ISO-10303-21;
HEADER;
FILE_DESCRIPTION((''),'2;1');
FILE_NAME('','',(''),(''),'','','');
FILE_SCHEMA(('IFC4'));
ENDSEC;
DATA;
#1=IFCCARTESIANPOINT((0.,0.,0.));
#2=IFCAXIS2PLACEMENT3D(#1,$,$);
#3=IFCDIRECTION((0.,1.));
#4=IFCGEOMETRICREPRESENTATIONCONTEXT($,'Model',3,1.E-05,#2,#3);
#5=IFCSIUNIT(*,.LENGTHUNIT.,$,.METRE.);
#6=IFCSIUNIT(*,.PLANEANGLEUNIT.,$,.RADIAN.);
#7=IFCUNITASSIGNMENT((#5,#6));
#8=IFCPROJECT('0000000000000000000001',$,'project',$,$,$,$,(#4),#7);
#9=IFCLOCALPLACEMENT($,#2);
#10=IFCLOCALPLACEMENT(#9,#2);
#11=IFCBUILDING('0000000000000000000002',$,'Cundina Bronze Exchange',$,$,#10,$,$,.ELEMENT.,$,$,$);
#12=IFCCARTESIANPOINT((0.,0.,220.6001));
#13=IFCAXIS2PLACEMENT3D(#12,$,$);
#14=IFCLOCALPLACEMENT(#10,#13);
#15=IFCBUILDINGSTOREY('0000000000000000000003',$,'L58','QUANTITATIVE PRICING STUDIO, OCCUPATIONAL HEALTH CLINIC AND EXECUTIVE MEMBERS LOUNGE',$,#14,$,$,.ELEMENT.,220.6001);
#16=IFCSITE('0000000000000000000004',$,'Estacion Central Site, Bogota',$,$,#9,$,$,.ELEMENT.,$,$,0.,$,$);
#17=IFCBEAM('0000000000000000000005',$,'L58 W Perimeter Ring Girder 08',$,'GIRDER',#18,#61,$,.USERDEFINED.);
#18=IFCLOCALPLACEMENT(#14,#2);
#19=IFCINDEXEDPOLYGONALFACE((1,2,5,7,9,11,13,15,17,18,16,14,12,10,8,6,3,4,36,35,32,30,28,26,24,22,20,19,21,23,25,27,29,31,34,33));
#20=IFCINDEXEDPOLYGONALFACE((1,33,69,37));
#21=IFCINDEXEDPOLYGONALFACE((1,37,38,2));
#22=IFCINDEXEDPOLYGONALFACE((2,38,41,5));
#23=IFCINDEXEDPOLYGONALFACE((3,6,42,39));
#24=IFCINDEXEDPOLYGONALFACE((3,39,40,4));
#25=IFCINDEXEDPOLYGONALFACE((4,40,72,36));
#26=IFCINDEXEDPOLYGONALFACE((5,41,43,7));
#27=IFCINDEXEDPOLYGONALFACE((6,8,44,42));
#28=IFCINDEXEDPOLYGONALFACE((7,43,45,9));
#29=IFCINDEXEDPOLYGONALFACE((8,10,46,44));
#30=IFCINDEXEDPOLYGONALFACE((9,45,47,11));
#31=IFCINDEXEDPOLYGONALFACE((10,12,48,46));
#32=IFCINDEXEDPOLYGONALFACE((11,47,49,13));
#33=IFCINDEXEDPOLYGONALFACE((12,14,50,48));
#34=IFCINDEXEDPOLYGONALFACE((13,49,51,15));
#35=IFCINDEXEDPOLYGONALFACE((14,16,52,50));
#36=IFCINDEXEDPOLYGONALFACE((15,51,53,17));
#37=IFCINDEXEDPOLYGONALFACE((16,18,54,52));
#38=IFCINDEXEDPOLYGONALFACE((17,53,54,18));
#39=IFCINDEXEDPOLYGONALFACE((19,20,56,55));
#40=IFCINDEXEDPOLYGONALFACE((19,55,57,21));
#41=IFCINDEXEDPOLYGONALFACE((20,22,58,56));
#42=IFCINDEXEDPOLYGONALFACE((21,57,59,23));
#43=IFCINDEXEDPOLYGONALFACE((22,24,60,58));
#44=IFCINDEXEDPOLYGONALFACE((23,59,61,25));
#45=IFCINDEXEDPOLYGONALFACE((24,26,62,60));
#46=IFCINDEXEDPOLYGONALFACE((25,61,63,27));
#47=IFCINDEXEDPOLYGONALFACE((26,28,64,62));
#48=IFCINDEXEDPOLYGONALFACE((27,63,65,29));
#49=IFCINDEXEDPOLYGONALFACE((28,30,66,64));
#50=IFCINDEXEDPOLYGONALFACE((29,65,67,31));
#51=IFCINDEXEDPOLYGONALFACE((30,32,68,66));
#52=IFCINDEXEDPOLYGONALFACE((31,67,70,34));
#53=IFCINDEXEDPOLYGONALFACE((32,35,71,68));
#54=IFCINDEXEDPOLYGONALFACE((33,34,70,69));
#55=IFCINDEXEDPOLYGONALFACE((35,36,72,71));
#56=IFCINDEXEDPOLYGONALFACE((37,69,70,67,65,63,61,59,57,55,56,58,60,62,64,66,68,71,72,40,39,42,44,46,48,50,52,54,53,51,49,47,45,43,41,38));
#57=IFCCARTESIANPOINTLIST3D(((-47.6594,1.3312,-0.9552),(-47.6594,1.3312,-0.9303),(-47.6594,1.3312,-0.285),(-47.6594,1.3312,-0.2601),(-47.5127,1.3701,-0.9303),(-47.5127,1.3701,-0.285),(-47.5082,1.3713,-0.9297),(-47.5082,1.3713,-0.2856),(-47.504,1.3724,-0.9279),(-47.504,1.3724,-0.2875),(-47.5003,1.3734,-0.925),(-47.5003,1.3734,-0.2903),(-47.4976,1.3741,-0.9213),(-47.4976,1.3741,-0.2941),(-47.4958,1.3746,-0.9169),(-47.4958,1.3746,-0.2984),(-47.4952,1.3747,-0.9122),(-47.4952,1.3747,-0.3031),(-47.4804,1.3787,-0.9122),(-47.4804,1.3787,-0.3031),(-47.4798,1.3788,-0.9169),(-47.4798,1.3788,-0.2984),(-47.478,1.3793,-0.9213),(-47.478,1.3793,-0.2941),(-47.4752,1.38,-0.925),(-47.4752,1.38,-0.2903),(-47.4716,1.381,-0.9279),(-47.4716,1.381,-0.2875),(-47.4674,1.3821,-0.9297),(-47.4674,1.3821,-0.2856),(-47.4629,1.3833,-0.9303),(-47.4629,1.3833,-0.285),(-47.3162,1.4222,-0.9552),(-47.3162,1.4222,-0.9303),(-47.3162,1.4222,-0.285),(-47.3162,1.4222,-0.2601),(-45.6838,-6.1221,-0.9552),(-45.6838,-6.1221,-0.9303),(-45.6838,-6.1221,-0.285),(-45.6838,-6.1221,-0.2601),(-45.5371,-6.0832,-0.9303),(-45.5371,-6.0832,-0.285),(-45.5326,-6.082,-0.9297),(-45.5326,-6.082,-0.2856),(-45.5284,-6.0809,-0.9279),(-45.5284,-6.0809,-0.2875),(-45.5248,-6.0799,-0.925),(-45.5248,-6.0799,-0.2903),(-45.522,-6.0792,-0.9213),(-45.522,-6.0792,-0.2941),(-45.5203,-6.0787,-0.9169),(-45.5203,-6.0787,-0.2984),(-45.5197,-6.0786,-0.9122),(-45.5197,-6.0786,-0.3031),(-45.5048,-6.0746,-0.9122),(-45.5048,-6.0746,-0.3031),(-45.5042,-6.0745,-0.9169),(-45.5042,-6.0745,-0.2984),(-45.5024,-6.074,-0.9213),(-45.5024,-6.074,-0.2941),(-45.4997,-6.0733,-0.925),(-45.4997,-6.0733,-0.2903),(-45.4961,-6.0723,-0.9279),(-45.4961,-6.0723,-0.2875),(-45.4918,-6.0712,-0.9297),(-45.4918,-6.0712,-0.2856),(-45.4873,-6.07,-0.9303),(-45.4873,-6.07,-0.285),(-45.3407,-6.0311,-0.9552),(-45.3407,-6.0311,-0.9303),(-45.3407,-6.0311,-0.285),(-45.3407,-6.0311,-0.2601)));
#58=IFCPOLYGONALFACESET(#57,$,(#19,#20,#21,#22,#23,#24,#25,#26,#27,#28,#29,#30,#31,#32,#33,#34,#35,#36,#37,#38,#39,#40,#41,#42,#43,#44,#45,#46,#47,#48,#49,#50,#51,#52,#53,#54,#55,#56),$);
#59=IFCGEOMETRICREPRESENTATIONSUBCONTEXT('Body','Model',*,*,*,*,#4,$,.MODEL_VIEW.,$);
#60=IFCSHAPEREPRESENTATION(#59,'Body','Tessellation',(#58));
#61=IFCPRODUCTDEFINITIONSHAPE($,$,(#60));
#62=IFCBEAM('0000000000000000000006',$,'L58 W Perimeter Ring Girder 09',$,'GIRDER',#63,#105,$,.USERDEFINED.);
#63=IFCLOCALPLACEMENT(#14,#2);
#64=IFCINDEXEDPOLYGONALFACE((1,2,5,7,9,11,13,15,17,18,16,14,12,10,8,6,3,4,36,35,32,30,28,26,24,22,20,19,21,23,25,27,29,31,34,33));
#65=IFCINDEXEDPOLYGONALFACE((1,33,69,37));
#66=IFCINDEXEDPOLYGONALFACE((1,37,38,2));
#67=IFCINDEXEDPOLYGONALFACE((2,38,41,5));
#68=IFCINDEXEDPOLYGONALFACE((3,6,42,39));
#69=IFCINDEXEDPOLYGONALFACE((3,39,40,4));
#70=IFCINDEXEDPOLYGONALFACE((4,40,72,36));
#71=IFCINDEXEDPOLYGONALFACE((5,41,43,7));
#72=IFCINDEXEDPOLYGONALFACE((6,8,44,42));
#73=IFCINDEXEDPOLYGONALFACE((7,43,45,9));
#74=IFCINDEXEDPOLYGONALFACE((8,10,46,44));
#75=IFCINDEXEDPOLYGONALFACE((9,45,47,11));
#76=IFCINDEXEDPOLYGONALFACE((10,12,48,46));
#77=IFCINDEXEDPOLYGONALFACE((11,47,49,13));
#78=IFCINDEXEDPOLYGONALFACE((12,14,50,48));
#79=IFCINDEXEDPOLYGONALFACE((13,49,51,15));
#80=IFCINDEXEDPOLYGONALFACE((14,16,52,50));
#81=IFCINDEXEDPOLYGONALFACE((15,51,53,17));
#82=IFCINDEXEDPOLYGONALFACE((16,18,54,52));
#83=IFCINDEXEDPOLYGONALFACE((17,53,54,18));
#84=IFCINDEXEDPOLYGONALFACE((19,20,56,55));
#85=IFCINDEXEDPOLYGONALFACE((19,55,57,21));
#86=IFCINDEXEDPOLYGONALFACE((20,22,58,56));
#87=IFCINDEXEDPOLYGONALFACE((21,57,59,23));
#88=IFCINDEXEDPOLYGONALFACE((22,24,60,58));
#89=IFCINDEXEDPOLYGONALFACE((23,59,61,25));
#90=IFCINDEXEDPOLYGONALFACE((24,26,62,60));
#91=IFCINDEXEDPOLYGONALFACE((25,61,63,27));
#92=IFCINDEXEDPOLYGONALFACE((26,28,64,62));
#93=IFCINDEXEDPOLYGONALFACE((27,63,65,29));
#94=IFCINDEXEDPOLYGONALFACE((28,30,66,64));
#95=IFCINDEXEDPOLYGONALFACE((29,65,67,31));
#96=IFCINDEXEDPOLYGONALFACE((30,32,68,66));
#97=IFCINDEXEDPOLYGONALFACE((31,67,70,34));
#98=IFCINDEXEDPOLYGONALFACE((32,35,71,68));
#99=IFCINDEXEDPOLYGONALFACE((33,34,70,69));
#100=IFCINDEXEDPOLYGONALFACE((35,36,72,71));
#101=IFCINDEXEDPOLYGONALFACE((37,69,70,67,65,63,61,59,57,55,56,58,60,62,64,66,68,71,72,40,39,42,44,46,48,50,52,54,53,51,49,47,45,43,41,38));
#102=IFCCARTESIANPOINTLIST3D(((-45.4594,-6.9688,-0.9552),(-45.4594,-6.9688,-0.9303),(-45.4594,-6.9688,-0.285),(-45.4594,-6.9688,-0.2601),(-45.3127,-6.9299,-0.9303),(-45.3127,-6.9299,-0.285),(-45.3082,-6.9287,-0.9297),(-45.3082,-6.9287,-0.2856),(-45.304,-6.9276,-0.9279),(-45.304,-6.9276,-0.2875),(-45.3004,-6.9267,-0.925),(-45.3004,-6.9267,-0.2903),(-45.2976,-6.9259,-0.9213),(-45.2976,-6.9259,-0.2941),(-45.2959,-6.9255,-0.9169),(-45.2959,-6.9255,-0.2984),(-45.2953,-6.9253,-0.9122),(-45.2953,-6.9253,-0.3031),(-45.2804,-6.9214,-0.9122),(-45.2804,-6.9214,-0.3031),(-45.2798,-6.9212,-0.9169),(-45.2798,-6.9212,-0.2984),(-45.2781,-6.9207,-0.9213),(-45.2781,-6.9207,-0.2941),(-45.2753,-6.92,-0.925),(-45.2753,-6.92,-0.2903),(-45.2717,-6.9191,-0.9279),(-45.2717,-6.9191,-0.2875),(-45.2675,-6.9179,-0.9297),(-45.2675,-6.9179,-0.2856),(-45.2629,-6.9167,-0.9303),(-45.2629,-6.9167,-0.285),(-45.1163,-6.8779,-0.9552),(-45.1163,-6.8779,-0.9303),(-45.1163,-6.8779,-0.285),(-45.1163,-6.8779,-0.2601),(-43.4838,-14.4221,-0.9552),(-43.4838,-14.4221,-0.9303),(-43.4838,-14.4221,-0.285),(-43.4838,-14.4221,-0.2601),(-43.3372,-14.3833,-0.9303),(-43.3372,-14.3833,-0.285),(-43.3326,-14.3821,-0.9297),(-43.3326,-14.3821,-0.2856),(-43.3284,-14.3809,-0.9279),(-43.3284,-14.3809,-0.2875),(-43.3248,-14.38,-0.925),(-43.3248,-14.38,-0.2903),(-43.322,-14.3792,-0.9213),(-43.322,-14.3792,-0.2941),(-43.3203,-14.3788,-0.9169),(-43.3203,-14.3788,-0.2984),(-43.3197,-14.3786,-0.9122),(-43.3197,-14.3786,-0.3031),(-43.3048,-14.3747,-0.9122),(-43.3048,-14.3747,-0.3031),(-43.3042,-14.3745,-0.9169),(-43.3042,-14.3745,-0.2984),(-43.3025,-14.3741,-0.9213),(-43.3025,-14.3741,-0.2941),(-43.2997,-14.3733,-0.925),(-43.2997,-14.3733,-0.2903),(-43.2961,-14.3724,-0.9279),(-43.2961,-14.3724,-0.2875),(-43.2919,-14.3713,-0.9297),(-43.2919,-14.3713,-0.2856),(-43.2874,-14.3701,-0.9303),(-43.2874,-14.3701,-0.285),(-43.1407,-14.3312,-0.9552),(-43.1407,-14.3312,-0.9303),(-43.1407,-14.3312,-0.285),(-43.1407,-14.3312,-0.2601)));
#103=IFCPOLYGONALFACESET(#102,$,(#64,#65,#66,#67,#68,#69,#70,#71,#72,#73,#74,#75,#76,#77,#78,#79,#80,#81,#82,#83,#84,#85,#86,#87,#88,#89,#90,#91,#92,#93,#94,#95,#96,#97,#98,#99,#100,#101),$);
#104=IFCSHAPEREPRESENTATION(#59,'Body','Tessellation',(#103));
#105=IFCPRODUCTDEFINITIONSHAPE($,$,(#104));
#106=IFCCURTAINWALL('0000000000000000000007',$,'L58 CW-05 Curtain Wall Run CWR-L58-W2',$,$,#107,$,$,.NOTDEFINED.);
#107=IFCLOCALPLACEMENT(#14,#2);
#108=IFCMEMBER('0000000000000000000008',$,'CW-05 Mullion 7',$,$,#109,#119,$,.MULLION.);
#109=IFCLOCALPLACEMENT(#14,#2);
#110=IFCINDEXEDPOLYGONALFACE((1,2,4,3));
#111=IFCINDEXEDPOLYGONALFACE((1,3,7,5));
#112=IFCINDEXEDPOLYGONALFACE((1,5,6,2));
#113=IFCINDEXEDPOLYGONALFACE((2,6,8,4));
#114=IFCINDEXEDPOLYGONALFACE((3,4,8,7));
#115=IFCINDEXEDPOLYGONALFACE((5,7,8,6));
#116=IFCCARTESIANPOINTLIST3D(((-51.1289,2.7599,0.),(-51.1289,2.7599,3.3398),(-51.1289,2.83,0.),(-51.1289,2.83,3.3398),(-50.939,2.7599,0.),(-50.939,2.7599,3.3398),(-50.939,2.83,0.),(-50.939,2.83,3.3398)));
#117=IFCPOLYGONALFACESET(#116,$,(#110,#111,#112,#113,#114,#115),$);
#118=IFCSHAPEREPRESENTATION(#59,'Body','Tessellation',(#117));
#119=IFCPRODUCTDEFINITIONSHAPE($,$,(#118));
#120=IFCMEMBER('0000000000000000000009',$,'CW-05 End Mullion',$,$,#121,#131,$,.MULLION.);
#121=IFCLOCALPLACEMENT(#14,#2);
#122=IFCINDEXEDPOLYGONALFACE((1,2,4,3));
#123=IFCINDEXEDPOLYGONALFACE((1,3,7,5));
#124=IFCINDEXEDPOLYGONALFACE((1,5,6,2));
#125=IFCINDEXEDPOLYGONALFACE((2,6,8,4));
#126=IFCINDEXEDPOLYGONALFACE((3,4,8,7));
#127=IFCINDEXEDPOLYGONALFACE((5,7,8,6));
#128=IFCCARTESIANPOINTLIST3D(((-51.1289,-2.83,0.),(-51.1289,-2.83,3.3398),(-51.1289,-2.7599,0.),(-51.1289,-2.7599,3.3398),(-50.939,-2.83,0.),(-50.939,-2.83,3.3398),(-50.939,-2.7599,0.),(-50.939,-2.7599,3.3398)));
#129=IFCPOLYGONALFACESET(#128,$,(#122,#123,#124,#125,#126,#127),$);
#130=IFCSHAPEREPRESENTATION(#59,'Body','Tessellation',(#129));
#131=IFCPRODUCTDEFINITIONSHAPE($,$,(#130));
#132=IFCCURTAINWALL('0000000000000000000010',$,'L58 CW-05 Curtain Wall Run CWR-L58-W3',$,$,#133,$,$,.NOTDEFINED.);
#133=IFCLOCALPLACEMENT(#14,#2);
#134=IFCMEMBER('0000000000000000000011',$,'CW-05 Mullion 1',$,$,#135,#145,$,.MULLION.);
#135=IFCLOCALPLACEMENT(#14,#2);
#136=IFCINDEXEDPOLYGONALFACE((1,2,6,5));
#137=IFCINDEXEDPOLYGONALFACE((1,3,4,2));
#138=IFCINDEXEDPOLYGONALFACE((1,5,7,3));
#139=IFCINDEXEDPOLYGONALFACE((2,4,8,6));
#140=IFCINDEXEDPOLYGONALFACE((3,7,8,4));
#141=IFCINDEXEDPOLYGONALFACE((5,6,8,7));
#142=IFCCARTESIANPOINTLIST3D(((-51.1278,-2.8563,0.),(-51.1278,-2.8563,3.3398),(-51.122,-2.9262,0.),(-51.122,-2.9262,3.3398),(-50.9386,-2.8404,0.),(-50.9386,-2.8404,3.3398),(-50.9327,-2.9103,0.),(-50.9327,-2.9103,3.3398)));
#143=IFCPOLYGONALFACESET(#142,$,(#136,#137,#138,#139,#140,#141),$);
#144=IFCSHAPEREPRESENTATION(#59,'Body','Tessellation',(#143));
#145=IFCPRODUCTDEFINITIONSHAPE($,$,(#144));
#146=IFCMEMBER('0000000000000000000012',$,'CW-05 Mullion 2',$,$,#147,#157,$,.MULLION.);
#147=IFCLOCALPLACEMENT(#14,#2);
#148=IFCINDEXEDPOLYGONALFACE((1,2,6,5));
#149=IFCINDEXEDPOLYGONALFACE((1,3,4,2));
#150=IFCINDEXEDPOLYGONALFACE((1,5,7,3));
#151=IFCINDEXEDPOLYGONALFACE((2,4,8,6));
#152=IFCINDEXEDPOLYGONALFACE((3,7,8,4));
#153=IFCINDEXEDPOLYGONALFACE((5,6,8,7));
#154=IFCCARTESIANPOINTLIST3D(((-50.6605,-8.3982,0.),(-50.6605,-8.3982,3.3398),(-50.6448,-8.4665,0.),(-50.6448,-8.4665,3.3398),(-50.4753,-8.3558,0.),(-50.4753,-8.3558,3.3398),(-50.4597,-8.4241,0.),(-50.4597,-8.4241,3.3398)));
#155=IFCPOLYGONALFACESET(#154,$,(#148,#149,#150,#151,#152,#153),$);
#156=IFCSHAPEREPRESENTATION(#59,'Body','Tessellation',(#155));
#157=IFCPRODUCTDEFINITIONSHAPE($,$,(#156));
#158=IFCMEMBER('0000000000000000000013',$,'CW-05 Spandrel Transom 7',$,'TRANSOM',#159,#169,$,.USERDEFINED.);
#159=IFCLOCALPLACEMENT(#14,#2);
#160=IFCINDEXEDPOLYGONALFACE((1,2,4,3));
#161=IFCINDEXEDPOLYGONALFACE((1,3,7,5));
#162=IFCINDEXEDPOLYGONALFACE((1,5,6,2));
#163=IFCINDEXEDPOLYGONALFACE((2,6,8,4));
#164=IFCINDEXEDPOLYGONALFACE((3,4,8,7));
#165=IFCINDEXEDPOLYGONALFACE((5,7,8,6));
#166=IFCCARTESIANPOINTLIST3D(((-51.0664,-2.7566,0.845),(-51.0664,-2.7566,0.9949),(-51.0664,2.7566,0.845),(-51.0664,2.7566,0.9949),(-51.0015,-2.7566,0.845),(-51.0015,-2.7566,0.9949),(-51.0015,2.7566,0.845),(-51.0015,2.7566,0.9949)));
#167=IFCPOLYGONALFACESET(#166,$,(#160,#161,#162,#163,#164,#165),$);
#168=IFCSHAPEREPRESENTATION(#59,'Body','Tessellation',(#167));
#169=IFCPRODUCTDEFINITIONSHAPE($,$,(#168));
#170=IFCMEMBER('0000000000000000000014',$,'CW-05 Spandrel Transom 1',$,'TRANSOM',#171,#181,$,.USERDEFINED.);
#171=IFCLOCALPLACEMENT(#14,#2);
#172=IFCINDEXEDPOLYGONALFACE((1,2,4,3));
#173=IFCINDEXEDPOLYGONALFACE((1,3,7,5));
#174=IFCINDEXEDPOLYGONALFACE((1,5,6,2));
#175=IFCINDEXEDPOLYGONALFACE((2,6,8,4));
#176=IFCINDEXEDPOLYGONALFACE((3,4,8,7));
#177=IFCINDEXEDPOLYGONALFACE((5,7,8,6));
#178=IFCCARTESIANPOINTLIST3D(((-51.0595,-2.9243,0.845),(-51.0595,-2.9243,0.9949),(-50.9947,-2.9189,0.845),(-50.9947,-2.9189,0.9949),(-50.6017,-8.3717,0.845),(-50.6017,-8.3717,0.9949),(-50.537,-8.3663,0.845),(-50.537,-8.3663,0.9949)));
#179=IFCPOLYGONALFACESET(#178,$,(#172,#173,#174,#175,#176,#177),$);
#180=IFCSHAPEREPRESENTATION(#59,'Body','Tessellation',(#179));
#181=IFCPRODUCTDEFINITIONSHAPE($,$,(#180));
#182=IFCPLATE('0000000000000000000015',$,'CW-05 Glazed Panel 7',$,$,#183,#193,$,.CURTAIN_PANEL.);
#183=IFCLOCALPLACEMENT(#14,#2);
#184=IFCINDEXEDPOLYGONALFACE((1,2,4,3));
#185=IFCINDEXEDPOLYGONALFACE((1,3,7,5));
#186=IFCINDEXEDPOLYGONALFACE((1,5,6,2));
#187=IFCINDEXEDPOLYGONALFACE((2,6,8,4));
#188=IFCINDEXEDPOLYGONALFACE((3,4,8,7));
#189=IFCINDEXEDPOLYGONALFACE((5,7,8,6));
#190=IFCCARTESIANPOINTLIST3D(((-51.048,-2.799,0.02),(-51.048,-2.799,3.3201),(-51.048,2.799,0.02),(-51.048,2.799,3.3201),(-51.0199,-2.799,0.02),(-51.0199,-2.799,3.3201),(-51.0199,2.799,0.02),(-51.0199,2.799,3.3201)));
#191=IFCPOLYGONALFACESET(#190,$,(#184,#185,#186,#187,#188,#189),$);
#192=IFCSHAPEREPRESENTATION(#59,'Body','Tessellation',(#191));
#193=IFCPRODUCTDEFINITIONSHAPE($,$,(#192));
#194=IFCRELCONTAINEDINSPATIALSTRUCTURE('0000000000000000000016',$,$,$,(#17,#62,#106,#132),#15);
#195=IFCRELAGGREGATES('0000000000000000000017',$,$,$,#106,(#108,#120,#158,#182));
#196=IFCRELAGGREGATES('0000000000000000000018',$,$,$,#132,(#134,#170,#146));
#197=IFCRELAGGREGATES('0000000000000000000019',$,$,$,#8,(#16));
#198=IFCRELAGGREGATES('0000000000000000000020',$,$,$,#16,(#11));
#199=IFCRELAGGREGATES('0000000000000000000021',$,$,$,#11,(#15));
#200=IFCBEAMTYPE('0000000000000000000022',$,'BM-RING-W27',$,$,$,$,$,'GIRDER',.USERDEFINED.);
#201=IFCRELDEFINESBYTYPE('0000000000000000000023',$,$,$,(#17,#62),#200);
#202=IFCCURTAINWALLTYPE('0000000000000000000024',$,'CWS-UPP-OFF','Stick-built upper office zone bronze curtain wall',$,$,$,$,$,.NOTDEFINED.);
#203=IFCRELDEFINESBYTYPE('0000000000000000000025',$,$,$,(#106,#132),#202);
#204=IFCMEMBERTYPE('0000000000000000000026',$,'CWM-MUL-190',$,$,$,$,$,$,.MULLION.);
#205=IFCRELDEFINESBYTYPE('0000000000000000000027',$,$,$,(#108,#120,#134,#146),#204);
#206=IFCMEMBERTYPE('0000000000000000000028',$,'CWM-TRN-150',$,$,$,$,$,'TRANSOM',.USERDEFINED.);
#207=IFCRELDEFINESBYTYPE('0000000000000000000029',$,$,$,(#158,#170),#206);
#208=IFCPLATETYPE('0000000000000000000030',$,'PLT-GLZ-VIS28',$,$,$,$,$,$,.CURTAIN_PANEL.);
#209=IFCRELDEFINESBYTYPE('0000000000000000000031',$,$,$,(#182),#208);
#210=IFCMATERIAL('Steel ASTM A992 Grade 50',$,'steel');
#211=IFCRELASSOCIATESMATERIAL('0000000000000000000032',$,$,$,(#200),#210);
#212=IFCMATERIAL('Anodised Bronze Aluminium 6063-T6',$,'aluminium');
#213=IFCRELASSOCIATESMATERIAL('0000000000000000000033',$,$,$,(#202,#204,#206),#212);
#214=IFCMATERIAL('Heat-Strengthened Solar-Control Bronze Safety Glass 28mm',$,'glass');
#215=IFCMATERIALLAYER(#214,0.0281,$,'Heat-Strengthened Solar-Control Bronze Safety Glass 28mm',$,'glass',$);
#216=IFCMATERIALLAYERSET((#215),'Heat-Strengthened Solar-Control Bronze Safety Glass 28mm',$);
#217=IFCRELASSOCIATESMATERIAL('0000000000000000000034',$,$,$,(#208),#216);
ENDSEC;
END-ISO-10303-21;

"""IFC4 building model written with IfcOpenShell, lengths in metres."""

from ifc_helpers import new_model, si_unit, direction, frame, origin, origin_2d, place, context, subcontext, project, spatial, rectangle, i_section, extrude, material, layer, layer_set, material_profile, profile_set, type_object, element, aggregate, save


model = new_model("IFC4")

# Units and contexts
model_context = context("Model", 3, precision=1e-05, world=origin(), true_north=direction((0.0, 1.0)))
body_context = subcontext(model_context, "Body", "Model", "MODEL_VIEW")
ifc_project = project(units=[si_unit("LENGTHUNIT", "METRE"), si_unit("PLANEANGLEUNIT", "RADIAN")], contexts=[model_context])

# Site, building, storey
site_placement = place(None, origin())
site = spatial("IfcSite", under=ifc_project, at=site_placement, Name="Estacion Central Site, Bogota", CompositionType="ELEMENT", RefElevation=0.0)
building_placement = place(site_placement, origin())
building = spatial("IfcBuilding", under=site, at=building_placement, Name="Cundina Bronze Exchange", CompositionType="ELEMENT")
storey_placement = place(building_placement, frame((0.0, 0.0, 220.6001)))
storey = spatial("IfcBuildingStorey", under=building, at=storey_placement, Name="L58", Description="QUANTITATIVE PRICING STUDIO, OCCUPATIONAL HEALTH CLINIC AND EXECUTIVE MEMBERS LOUNGE", CompositionType="ELEMENT", Elevation=220.6001)

# Shared definitions
ifc_material_1 = material(Name="Steel ASTM A992 Grade 50", Category="steel")

# Beams
ifc_material_profile_1 = material_profile(ifc_material_1, i_section(OverallWidth=0.355, OverallDepth=0.6951, WebThickness=0.0154, FlangeThickness=0.0249, FilletRadius=0.0181, at=origin_2d()), Name="W27X146", Category="steel")
ifc_profile_set_1 = profile_set([ifc_material_profile_1], Name="Steel ASTM A992 Grade 50")
beam_type_1 = type_object("IfcBeamType", Name="BM-RING-W27", ElementType="GIRDER", PredefinedType="USERDEFINED", material=ifc_profile_set_1)
for number, where, z_axis, x_axis, name in (
    (1, (-47.4878, 1.3767, -0.6077), (0.256212, -0.966621, 0.0), (0.966621, 0.256212, 0.0), "L58 W Perimeter Ring Girder 08"),
    (2, (-45.2878, -6.9233, -0.6077), (0.256212, -0.966621, 0.0), (0.966621, 0.256212, 0.0), "L58 W Perimeter Ring Girder 09"),
):
    element("IfcBeam", number, at=place(storey_placement, frame(where, z_axis=z_axis, x_axis=x_axis)), inside=storey, type_object=beam_type_1, Name=name, ObjectType="GIRDER", PredefinedType="USERDEFINED", context=body_context, shape_type="SweptSolid", body=[
        extrude(i_section(OverallWidth=0.355, OverallDepth=0.6951, WebThickness=0.0154, FlangeThickness=0.0249, FilletRadius=0.0181, at=origin_2d()), origin(), (0.0, 0.0, 1.0), 7.7107),
    ])

# Curtain walls, members
ifc_material_2 = material(Name="Anodised Bronze Aluminium 6063-T6", Category="aluminium")
curtain_wall_type = type_object("IfcCurtainWallType", Name="CWS-UPP-OFF", Description="Stick-built upper office zone bronze curtain wall", PredefinedType="NOTDEFINED", material=ifc_material_2)
curtain_wall_1_placement = place(storey_placement, origin())
curtain_wall_1 = element("IfcCurtainWall", 3, at=curtain_wall_1_placement, inside=storey, type_object=curtain_wall_type, Name="L58 CW-05 Curtain Wall Run CWR-L58-W2", PredefinedType="NOTDEFINED")
ifc_material_profile_2 = material_profile(ifc_material_2, rectangle(XDim=0.0701, YDim=0.1899, at=origin_2d()), Name="AL70X190", Category="aluminium")
ifc_profile_set_2 = profile_set([ifc_material_profile_2], Name="Anodised Bronze Aluminium 6063-T6")
member_type_1 = type_object("IfcMemberType", Name="CWM-MUL-190", PredefinedType="MULLION", material=ifc_profile_set_2)
member_1_placement = place(storey_placement, frame((-51.0339, 2.7949, 0.0), z_axis=(0.0, 0.0, 1.0), x_axis=(0.0, -1.0, 0.0)))
member_1 = element("IfcMember", 4, at=member_1_placement, type_object=member_type_1, Name="CW-05 Mullion 7", PredefinedType="MULLION", context=body_context, shape_type="SweptSolid", body=[
    extrude(rectangle(XDim=0.0701, YDim=0.1899, at=origin_2d()), origin(), (0.0, 0.0, 1.0), 3.3398),
])
member_2_placement = place(storey_placement, frame((-51.0339, -2.7949, 0.0), z_axis=(0.0, 0.0, 1.0), x_axis=(0.0, -1.0, 0.0)))
member_2 = element("IfcMember", 5, at=member_2_placement, type_object=member_type_1, Name="CW-05 End Mullion", PredefinedType="MULLION", context=body_context, shape_type="SweptSolid", body=[
    extrude(rectangle(XDim=0.0701, YDim=0.1899, at=origin_2d()), origin(), (0.0, 0.0, 1.0), 3.3398),
])
curtain_wall_2_placement = place(storey_placement, origin())
curtain_wall_2 = element("IfcCurtainWall", 6, at=curtain_wall_2_placement, inside=storey, type_object=curtain_wall_type, Name="L58 CW-05 Curtain Wall Run CWR-L58-W3", PredefinedType="NOTDEFINED")
member_3_placement = place(storey_placement, frame((-51.0303, -2.8833, 0.0), z_axis=(0.0, 0.0, 1.0), x_axis=(0.083678, -0.996493, 0.0)))
member_3 = element("IfcMember", 7, at=member_3_placement, type_object=member_type_1, Name="CW-05 Mullion 1", PredefinedType="MULLION", context=body_context, shape_type="SweptSolid", body=[
    extrude(rectangle(XDim=0.0701, YDim=0.1899, at=origin_2d()), origin(), (0.0, 0.0, 1.0), 3.3398),
])
member_4_placement = place(storey_placement, frame((-50.5601, -8.4111, 0.0), z_axis=(0.0, 0.0, 1.0), x_axis=(0.22325, -0.974761, 0.0)))
member_4 = element("IfcMember", 8, at=member_4_placement, type_object=member_type_1, Name="CW-05 Mullion 2", PredefinedType="MULLION", context=body_context, shape_type="SweptSolid", body=[
    extrude(rectangle(XDim=0.0701, YDim=0.1899, at=origin_2d()), origin(), (0.0, 0.0, 1.0), 3.3398),
])

# Members
ifc_material_profile_3 = material_profile(ifc_material_2, rectangle(XDim=0.0649, YDim=0.1499, at=origin_2d()), Name="AL65X150", Category="aluminium")
ifc_profile_set_3 = profile_set([ifc_material_profile_3], Name="Anodised Bronze Aluminium 6063-T6")
member_type_2 = type_object("IfcMemberType", Name="CWM-TRN-150", ElementType="TRANSOM", PredefinedType="USERDEFINED", material=ifc_profile_set_3)
member_5_placement = place(storey_placement, frame((-51.0339, 2.7566, 0.9199), z_axis=(0.0, -1.0, 0.0), x_axis=(1.0, 0.0, 0.0)))
member_5 = element("IfcMember", 9, at=member_5_placement, type_object=member_type_2, Name="CW-05 Spandrel Transom 7", ObjectType="TRANSOM", PredefinedType="USERDEFINED", context=body_context, shape_type="SweptSolid", body=[
    extrude(rectangle(XDim=0.0649, YDim=0.1499, at=origin_2d()), origin(), (0.0, 0.0, 1.0), 5.5132),
])
member_6_placement = place(storey_placement, frame((-51.0271, -2.9216, 0.9199), z_axis=(0.08374, -0.996488, 0.0), x_axis=(0.996488, 0.08374, 0.0)))
member_6 = element("IfcMember", 10, at=member_6_placement, type_object=member_type_2, Name="CW-05 Spandrel Transom 1", ObjectType="TRANSOM", PredefinedType="USERDEFINED", context=body_context, shape_type="SweptSolid", body=[
    extrude(rectangle(XDim=0.0649, YDim=0.1499, at=origin_2d()), origin(), (0.0, 0.0, 1.0), 5.4666),
])

# Plate
ifc_material_3 = material(Name="Heat-Strengthened Solar-Control Bronze Safety Glass 28mm", Category="glass")
ifc_layer_1 = layer(ifc_material_3, 0.0281, Name="Heat-Strengthened Solar-Control Bronze Safety Glass 28mm", Category="glass")
ifc_layer_set_1 = layer_set([ifc_layer_1], Name="Heat-Strengthened Solar-Control Bronze Safety Glass 28mm")
plate_type = type_object("IfcPlateType", Name="PLT-GLZ-VIS28", PredefinedType="CURTAIN_PANEL", material=ifc_layer_set_1)
plate_1_placement = place(storey_placement, frame((-51.0339, 0.0, 0.02), z_axis=(0.0, 0.0, 1.0), x_axis=(0.0, -1.0, 0.0)))
plate_1 = element("IfcPlate", 11, at=plate_1_placement, type_object=plate_type, Name="CW-05 Glazed Panel 7", PredefinedType="CURTAIN_PANEL", context=body_context, shape_type="SweptSolid", body=[
    extrude(rectangle(XDim=5.5979, YDim=0.0281, at=origin_2d()), origin(), (0.0, 0.0, 1.0), 3.3),
])
aggregate(curtain_wall_1, [member_1, member_2, member_5, plate_1])
aggregate(curtain_wall_2, [member_3, member_6, member_4])

save(model, "model.ifc")
